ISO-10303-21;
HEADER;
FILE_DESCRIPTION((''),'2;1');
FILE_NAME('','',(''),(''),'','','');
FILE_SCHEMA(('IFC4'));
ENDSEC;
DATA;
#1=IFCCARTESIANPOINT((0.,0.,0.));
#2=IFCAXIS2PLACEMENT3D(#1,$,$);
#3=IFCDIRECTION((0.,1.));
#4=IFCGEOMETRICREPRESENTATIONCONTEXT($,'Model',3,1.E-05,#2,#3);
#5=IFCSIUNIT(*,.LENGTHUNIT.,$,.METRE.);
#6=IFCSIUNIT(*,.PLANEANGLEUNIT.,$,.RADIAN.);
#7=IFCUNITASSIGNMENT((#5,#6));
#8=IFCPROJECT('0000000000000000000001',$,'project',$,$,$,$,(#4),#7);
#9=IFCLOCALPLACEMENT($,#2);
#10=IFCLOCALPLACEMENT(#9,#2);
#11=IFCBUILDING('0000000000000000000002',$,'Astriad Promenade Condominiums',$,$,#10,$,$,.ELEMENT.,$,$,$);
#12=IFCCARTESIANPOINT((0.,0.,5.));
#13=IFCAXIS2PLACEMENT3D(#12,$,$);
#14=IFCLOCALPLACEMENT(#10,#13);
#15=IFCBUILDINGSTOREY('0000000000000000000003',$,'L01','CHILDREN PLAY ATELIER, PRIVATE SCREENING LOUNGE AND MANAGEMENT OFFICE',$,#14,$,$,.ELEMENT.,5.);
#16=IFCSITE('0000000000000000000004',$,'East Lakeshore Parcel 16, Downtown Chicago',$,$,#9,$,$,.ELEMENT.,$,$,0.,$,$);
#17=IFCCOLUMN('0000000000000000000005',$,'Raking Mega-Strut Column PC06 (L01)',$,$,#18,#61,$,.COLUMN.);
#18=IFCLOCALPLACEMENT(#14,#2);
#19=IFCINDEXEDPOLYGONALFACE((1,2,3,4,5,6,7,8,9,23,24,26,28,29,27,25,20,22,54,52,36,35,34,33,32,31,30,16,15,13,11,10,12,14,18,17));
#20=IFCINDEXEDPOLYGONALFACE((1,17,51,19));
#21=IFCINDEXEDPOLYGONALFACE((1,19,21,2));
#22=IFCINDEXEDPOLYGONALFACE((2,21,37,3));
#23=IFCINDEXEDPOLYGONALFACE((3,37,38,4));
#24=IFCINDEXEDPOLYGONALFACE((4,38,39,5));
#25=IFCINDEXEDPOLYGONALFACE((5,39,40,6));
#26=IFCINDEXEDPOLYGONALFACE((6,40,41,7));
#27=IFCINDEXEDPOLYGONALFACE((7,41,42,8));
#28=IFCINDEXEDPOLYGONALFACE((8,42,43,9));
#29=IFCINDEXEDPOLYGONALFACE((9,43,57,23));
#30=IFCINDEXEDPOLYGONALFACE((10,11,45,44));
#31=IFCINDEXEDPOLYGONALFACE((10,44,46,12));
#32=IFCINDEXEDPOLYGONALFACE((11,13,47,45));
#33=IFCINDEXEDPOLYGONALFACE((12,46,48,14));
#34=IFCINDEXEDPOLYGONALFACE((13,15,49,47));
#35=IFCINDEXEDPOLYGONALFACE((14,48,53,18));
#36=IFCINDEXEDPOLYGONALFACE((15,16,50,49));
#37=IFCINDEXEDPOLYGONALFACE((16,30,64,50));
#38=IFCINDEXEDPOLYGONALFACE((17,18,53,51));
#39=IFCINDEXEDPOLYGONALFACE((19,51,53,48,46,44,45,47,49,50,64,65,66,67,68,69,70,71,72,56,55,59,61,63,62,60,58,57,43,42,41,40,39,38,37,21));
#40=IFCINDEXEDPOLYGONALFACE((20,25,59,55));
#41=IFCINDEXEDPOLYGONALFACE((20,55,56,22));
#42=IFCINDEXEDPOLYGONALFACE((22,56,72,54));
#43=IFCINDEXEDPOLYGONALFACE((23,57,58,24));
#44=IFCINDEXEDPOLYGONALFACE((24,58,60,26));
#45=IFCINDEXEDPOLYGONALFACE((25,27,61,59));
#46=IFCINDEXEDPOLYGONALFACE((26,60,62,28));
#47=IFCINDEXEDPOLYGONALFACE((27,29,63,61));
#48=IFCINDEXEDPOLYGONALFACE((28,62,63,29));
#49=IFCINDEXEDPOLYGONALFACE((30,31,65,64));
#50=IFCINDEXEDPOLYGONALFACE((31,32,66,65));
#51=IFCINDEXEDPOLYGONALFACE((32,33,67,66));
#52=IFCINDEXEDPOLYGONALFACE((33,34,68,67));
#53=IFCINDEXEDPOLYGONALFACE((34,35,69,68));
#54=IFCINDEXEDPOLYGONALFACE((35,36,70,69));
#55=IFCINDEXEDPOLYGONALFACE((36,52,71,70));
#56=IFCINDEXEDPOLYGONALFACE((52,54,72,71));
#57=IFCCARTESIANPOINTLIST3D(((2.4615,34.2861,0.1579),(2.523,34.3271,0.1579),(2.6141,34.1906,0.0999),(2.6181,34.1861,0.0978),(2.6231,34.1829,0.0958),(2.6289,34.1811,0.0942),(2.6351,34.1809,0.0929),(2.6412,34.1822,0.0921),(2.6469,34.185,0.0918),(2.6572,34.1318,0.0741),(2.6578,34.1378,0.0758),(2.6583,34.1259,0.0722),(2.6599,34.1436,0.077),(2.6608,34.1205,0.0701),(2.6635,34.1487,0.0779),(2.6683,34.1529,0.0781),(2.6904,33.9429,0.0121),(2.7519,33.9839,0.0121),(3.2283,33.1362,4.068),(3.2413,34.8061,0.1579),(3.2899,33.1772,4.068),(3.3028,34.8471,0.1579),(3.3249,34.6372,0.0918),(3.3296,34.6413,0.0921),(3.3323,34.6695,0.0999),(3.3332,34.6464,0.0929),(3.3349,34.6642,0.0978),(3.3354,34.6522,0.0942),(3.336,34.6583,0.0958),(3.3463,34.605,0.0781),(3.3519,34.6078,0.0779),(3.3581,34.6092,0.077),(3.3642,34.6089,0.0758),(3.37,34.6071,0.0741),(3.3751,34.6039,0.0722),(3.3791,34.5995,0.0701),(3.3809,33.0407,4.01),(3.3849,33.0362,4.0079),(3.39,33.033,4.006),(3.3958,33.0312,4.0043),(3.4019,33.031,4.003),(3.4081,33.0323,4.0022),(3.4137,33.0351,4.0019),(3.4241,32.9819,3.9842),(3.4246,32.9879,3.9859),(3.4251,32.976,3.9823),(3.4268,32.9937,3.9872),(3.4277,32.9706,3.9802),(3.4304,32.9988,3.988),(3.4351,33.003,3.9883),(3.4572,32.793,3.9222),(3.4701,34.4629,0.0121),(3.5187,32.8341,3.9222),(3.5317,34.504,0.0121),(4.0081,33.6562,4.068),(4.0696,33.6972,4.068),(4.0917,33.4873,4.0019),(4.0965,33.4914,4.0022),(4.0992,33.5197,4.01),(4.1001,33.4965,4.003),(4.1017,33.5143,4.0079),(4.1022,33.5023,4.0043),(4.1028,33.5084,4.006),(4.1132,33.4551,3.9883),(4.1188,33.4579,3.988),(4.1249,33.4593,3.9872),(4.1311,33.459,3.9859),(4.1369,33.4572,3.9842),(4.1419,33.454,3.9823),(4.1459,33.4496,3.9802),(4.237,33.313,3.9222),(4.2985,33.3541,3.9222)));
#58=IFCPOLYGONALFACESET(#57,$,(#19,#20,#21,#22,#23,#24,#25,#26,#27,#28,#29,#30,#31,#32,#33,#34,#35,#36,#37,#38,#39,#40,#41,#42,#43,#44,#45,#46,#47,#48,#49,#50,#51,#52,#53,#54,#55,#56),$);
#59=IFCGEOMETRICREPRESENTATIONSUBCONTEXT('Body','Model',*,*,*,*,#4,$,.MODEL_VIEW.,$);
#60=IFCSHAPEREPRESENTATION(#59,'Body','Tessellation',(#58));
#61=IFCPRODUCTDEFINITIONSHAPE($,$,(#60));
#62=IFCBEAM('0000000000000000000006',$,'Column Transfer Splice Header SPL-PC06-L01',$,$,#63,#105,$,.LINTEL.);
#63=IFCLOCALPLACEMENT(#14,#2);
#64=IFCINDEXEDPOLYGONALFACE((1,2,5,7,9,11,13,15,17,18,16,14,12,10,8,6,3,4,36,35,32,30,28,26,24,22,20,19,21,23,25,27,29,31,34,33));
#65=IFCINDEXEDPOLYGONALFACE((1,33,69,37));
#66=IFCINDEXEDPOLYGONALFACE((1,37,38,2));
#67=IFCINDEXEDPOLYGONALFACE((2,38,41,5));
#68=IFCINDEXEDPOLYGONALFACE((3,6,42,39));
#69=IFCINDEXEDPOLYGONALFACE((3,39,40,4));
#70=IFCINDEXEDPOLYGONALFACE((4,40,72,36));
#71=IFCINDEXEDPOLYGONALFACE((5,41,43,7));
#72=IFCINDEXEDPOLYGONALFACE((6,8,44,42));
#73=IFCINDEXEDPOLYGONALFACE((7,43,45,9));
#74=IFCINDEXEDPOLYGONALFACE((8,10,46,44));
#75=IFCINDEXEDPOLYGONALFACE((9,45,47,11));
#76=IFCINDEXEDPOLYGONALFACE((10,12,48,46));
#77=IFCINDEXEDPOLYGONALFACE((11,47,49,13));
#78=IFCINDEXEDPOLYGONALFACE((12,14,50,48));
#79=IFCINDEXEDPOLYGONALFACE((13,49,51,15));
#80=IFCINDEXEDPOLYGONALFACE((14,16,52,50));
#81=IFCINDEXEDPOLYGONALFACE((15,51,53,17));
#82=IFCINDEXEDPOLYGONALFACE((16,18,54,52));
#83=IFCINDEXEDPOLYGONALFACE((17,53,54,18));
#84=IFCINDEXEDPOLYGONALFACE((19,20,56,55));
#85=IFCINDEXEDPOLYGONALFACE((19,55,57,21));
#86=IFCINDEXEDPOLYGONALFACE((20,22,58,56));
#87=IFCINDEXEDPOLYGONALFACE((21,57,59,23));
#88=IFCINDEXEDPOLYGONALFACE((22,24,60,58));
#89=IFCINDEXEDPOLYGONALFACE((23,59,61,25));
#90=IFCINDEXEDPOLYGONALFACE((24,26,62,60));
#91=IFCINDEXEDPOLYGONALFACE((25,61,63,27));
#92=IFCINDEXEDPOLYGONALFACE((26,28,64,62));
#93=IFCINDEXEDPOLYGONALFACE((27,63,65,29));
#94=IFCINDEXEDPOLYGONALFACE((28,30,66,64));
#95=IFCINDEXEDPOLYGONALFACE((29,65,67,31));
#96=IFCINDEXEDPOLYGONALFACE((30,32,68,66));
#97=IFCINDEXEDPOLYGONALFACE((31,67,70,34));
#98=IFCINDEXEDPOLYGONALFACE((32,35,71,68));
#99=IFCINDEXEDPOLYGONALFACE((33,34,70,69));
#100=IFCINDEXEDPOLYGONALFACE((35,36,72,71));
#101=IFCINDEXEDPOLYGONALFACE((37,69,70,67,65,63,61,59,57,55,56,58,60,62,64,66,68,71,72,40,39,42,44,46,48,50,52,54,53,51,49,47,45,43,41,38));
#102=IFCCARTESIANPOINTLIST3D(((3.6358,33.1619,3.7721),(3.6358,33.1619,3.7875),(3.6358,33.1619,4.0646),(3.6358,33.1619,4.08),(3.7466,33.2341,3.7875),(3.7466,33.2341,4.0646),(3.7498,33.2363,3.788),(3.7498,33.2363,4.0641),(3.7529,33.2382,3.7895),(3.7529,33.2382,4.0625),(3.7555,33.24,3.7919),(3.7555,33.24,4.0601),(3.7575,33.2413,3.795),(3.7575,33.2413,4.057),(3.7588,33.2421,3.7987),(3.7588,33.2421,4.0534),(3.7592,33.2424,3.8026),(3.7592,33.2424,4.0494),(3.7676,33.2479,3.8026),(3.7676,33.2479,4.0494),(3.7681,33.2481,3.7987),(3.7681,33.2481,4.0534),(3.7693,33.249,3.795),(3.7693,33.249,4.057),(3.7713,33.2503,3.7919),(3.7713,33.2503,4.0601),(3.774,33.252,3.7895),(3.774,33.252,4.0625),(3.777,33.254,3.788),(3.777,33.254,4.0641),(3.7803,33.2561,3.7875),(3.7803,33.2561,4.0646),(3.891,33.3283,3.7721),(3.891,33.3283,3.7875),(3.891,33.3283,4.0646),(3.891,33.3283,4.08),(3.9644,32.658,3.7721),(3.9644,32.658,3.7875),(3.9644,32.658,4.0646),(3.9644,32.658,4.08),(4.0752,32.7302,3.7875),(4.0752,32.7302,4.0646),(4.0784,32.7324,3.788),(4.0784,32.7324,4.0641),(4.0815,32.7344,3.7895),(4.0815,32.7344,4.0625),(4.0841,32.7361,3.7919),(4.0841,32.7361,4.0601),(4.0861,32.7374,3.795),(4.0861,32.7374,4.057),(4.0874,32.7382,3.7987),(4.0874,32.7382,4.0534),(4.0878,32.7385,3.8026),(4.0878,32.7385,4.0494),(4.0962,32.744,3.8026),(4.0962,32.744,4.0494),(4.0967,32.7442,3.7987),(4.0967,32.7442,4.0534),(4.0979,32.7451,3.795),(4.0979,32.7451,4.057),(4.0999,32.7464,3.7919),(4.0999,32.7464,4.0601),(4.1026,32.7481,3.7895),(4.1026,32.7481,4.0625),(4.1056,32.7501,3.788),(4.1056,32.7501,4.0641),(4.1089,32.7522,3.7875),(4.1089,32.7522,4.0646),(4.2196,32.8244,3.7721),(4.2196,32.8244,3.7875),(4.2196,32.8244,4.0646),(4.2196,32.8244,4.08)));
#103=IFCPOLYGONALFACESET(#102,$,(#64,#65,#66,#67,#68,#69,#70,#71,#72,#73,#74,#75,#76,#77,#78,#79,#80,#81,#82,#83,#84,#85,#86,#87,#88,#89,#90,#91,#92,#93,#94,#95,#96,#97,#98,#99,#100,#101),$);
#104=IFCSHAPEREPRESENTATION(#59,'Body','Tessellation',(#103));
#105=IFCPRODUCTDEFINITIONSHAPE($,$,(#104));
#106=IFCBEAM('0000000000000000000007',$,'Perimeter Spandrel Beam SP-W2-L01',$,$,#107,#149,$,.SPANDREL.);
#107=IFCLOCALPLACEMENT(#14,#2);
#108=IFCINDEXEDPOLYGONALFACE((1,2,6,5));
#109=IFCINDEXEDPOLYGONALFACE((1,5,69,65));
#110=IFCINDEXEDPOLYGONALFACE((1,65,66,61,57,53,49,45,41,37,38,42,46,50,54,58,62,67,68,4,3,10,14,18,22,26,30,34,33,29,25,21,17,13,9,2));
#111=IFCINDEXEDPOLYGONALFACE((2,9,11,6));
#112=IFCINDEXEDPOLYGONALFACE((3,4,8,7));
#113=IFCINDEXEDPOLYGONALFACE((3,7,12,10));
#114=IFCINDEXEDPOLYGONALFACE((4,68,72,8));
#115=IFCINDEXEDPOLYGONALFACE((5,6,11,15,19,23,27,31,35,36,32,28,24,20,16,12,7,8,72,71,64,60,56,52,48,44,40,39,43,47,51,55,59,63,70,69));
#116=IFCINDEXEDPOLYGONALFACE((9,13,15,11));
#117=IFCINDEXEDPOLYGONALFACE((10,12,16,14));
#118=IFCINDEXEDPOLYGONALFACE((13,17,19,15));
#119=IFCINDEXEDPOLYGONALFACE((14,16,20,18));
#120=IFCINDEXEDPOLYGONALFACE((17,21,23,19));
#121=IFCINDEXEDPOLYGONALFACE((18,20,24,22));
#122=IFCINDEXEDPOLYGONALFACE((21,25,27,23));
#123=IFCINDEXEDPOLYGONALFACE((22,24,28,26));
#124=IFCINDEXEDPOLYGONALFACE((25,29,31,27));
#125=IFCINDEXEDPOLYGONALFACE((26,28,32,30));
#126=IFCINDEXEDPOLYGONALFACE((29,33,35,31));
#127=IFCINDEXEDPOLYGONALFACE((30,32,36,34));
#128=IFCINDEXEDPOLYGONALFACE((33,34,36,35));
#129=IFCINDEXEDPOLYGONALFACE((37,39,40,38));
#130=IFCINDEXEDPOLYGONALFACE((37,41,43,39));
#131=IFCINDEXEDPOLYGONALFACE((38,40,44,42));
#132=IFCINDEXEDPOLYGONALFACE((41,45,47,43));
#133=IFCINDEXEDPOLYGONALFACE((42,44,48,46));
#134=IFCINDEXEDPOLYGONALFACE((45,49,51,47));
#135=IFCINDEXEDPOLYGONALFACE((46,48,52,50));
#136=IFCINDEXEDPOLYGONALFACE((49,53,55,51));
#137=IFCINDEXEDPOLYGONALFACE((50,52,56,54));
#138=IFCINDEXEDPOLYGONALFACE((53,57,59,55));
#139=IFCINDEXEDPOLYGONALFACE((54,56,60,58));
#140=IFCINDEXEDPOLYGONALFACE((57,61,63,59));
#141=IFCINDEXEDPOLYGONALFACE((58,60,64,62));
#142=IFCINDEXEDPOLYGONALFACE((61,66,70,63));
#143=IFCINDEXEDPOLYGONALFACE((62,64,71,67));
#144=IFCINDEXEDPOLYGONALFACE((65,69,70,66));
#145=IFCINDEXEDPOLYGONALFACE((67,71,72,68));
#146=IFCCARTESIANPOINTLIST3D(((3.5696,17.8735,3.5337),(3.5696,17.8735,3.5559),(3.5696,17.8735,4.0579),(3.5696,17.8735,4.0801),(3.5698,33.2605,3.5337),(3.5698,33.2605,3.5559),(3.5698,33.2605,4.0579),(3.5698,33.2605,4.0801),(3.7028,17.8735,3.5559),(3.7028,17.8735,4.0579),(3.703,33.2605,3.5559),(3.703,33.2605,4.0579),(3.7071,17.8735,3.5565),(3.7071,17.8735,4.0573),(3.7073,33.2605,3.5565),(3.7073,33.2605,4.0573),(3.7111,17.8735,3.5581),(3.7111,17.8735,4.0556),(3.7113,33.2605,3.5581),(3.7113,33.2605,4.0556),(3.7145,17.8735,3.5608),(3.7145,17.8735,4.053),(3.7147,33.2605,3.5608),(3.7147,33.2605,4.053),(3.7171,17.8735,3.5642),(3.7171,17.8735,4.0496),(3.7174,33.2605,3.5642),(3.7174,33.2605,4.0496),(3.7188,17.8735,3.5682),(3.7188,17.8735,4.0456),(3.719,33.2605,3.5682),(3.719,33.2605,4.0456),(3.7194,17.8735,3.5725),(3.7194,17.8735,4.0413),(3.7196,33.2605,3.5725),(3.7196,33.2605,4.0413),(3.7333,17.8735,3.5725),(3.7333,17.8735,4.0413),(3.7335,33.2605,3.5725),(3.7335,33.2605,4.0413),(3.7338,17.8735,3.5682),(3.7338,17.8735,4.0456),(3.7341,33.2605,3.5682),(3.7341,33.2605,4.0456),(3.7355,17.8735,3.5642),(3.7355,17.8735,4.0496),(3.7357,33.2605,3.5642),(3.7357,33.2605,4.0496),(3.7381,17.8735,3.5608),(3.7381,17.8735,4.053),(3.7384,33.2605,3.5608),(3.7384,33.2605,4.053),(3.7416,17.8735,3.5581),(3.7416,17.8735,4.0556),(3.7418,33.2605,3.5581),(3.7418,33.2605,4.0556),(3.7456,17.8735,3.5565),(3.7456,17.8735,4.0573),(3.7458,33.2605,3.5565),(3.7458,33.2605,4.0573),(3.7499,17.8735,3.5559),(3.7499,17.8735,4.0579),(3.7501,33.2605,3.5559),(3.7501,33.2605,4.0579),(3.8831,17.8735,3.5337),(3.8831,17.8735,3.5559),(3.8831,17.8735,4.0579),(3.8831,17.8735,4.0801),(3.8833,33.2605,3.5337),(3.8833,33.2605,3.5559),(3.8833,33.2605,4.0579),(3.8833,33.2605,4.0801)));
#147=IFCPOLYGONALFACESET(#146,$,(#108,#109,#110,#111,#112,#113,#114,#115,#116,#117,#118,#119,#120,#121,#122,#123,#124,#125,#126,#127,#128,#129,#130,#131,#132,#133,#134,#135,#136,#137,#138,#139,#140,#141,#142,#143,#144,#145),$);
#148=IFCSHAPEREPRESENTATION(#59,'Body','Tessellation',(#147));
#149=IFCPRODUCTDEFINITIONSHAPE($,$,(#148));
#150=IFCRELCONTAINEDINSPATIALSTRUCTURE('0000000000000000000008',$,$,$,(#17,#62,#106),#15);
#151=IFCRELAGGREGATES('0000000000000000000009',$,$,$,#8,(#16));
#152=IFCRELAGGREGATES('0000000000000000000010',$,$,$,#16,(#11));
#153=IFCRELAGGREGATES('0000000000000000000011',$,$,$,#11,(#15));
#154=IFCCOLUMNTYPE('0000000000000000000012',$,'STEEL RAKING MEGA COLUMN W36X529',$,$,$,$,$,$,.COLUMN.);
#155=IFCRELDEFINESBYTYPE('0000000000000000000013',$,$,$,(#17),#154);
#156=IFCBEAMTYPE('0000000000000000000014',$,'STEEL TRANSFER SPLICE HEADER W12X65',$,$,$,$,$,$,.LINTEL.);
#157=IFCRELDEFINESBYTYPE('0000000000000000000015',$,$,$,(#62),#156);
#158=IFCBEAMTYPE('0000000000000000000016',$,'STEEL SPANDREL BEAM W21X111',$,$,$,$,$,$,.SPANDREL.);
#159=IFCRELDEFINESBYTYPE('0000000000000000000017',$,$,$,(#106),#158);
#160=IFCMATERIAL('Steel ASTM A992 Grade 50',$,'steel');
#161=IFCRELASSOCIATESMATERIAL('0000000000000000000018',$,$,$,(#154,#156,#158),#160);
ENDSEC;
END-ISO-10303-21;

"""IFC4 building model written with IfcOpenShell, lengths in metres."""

from ifc_helpers import new_model, si_unit, direction, frame, origin, origin_2d, place, context, subcontext, project, spatial, i_section, extrude, source, transform, mapped, material, material_profile, profile_set, type_object, type_shapes, element, save


model = new_model("IFC4")

# Units and contexts
model_context = context("Model", 3, precision=1e-05, world=origin(), true_north=direction((0.0, 1.0)))
body_context = subcontext(model_context, "Body", "Model", "MODEL_VIEW")
ifc_project = project(units=[si_unit("LENGTHUNIT", "METRE"), si_unit("PLANEANGLEUNIT", "RADIAN")], contexts=[model_context])

# Site, building, storey
site_placement = place(None, origin())
site = spatial("IfcSite", under=ifc_project, at=site_placement, Name="East Lakeshore Parcel 16, Downtown Chicago", CompositionType="ELEMENT", RefElevation=0.0)
building_placement = place(site_placement, origin())
building = spatial("IfcBuilding", under=site, at=building_placement, Name="Astriad Promenade Condominiums", CompositionType="ELEMENT")
storey_placement = place(building_placement, frame((0.0, 0.0, 5.0)))
storey = spatial("IfcBuildingStorey", under=building, at=storey_placement, Name="L01", Description="CHILDREN PLAY ATELIER, PRIVATE SCREENING LOUNGE AND MANAGEMENT OFFICE", CompositionType="ELEMENT", Elevation=5.0)

# Column
ifc_material_1 = material(Name="Steel ASTM A992 Grade 50", Category="steel")
ifc_material_profile_1 = material_profile(ifc_material_1, i_section(OverallWidth=0.4375, OverallDepth=1.0112, WebThickness=0.041, FlangeThickness=0.074, FilletRadius=0.0242, at=origin_2d()), Name="W36X529")
ifc_profile_set_1 = profile_set([ifc_material_profile_1], Name="Steel ASTM A992 Grade 50")
column_type = type_object("IfcColumnType", Name="STEEL RAKING MEGA COLUMN W36X529", PredefinedType="COLUMN", material=ifc_profile_set_1)
shared_shape_1 = source(origin(), body_context, "Body", "SweptSolid", [
    extrude(i_section(OverallWidth=0.4375, OverallDepth=1.0112, WebThickness=0.041, FlangeThickness=0.074, FilletRadius=0.0242, at=origin_2d()), origin(), (0.0, 0.0, 1.0), 4.1472),
])
type_shapes(column_type, [shared_shape_1])
column_placement = place(storey_placement, frame((2.9966, 34.395, 0.085), z_axis=(0.184905, -0.277269, 0.942832), x_axis=(-0.523104, 0.784407, 0.333268)))
element("IfcColumn", 1, at=column_placement, inside=storey, type_object=column_type, Name="Raking Mega-Strut Column PC06 (L01)", PredefinedType="COLUMN", context=body_context, shape_type="MappedRepresentation", body=[
    mapped(shared_shape_1, transform((0.0, 0.0, 0.0), scale=1.0)),
])

# Beams
ifc_material_profile_2 = material_profile(ifc_material_1, i_section(OverallWidth=0.3047, OverallDepth=0.3079, WebThickness=0.01, FlangeThickness=0.0154, FilletRadius=0.0151, at=origin_2d()), Name="W12X65")
ifc_profile_set_2 = profile_set([ifc_material_profile_2], Name="Steel ASTM A992 Grade 50")
beam_type_1 = type_object("IfcBeamType", Name="STEEL TRANSFER SPLICE HEADER W12X65", PredefinedType="LINTEL", material=ifc_profile_set_2)
shared_shape_2 = source(origin(), body_context, "Body", "SweptSolid", [
    extrude(i_section(OverallWidth=0.3047, OverallDepth=0.3079, WebThickness=0.01, FlangeThickness=0.0154, FilletRadius=0.0151, at=origin_2d()), origin(), (0.0, 0.0, 1.0), 0.6016),
])
type_shapes(beam_type_1, [shared_shape_2])
beam_1_placement = place(storey_placement, frame((3.7634, 33.2451, 3.926), z_axis=(0.546243, -0.837627, 0.0), x_axis=(0.837627, 0.546243, 0.0)))
element("IfcBeam", 2, at=beam_1_placement, inside=storey, type_object=beam_type_1, Name="Column Transfer Splice Header SPL-PC06-L01", PredefinedType="LINTEL", context=body_context, shape_type="MappedRepresentation", body=[
    mapped(shared_shape_2, transform((0.0, 0.0, 0.0), scale=1.0)),
])
ifc_material_profile_3 = material_profile(ifc_material_1, i_section(OverallWidth=0.3135, OverallDepth=0.5464, WebThickness=0.0139, FlangeThickness=0.0222, FilletRadius=0.0166, at=origin_2d()), Name="W21X111")
ifc_profile_set_3 = profile_set([ifc_material_profile_3], Name="Steel ASTM A992 Grade 50")
beam_type_2 = type_object("IfcBeamType", Name="STEEL SPANDREL BEAM W21X111", PredefinedType="SPANDREL", material=ifc_profile_set_3)
shared_shape_3 = source(origin(), body_context, "Body", "SweptSolid", [
    extrude(i_section(OverallWidth=0.3135, OverallDepth=0.5464, WebThickness=0.0139, FlangeThickness=0.0222, FilletRadius=0.0166, at=origin_2d()), origin(), (0.0, 0.0, 1.0), 15.387),
])
type_shapes(beam_type_2, [shared_shape_3])
beam_2_placement = place(storey_placement, frame((3.7266, 33.2605, 3.8069), z_axis=(-0.000016, -1.0, 0.0), x_axis=(1.0, -0.000016, 0.0)))
element("IfcBeam", 3, at=beam_2_placement, inside=storey, type_object=beam_type_2, Name="Perimeter Spandrel Beam SP-W2-L01", PredefinedType="SPANDREL", context=body_context, shape_type="MappedRepresentation", body=[
    mapped(shared_shape_3, transform((0.0, 0.0, 0.0), scale=1.0)),
])

save(model, "model.ifc")
